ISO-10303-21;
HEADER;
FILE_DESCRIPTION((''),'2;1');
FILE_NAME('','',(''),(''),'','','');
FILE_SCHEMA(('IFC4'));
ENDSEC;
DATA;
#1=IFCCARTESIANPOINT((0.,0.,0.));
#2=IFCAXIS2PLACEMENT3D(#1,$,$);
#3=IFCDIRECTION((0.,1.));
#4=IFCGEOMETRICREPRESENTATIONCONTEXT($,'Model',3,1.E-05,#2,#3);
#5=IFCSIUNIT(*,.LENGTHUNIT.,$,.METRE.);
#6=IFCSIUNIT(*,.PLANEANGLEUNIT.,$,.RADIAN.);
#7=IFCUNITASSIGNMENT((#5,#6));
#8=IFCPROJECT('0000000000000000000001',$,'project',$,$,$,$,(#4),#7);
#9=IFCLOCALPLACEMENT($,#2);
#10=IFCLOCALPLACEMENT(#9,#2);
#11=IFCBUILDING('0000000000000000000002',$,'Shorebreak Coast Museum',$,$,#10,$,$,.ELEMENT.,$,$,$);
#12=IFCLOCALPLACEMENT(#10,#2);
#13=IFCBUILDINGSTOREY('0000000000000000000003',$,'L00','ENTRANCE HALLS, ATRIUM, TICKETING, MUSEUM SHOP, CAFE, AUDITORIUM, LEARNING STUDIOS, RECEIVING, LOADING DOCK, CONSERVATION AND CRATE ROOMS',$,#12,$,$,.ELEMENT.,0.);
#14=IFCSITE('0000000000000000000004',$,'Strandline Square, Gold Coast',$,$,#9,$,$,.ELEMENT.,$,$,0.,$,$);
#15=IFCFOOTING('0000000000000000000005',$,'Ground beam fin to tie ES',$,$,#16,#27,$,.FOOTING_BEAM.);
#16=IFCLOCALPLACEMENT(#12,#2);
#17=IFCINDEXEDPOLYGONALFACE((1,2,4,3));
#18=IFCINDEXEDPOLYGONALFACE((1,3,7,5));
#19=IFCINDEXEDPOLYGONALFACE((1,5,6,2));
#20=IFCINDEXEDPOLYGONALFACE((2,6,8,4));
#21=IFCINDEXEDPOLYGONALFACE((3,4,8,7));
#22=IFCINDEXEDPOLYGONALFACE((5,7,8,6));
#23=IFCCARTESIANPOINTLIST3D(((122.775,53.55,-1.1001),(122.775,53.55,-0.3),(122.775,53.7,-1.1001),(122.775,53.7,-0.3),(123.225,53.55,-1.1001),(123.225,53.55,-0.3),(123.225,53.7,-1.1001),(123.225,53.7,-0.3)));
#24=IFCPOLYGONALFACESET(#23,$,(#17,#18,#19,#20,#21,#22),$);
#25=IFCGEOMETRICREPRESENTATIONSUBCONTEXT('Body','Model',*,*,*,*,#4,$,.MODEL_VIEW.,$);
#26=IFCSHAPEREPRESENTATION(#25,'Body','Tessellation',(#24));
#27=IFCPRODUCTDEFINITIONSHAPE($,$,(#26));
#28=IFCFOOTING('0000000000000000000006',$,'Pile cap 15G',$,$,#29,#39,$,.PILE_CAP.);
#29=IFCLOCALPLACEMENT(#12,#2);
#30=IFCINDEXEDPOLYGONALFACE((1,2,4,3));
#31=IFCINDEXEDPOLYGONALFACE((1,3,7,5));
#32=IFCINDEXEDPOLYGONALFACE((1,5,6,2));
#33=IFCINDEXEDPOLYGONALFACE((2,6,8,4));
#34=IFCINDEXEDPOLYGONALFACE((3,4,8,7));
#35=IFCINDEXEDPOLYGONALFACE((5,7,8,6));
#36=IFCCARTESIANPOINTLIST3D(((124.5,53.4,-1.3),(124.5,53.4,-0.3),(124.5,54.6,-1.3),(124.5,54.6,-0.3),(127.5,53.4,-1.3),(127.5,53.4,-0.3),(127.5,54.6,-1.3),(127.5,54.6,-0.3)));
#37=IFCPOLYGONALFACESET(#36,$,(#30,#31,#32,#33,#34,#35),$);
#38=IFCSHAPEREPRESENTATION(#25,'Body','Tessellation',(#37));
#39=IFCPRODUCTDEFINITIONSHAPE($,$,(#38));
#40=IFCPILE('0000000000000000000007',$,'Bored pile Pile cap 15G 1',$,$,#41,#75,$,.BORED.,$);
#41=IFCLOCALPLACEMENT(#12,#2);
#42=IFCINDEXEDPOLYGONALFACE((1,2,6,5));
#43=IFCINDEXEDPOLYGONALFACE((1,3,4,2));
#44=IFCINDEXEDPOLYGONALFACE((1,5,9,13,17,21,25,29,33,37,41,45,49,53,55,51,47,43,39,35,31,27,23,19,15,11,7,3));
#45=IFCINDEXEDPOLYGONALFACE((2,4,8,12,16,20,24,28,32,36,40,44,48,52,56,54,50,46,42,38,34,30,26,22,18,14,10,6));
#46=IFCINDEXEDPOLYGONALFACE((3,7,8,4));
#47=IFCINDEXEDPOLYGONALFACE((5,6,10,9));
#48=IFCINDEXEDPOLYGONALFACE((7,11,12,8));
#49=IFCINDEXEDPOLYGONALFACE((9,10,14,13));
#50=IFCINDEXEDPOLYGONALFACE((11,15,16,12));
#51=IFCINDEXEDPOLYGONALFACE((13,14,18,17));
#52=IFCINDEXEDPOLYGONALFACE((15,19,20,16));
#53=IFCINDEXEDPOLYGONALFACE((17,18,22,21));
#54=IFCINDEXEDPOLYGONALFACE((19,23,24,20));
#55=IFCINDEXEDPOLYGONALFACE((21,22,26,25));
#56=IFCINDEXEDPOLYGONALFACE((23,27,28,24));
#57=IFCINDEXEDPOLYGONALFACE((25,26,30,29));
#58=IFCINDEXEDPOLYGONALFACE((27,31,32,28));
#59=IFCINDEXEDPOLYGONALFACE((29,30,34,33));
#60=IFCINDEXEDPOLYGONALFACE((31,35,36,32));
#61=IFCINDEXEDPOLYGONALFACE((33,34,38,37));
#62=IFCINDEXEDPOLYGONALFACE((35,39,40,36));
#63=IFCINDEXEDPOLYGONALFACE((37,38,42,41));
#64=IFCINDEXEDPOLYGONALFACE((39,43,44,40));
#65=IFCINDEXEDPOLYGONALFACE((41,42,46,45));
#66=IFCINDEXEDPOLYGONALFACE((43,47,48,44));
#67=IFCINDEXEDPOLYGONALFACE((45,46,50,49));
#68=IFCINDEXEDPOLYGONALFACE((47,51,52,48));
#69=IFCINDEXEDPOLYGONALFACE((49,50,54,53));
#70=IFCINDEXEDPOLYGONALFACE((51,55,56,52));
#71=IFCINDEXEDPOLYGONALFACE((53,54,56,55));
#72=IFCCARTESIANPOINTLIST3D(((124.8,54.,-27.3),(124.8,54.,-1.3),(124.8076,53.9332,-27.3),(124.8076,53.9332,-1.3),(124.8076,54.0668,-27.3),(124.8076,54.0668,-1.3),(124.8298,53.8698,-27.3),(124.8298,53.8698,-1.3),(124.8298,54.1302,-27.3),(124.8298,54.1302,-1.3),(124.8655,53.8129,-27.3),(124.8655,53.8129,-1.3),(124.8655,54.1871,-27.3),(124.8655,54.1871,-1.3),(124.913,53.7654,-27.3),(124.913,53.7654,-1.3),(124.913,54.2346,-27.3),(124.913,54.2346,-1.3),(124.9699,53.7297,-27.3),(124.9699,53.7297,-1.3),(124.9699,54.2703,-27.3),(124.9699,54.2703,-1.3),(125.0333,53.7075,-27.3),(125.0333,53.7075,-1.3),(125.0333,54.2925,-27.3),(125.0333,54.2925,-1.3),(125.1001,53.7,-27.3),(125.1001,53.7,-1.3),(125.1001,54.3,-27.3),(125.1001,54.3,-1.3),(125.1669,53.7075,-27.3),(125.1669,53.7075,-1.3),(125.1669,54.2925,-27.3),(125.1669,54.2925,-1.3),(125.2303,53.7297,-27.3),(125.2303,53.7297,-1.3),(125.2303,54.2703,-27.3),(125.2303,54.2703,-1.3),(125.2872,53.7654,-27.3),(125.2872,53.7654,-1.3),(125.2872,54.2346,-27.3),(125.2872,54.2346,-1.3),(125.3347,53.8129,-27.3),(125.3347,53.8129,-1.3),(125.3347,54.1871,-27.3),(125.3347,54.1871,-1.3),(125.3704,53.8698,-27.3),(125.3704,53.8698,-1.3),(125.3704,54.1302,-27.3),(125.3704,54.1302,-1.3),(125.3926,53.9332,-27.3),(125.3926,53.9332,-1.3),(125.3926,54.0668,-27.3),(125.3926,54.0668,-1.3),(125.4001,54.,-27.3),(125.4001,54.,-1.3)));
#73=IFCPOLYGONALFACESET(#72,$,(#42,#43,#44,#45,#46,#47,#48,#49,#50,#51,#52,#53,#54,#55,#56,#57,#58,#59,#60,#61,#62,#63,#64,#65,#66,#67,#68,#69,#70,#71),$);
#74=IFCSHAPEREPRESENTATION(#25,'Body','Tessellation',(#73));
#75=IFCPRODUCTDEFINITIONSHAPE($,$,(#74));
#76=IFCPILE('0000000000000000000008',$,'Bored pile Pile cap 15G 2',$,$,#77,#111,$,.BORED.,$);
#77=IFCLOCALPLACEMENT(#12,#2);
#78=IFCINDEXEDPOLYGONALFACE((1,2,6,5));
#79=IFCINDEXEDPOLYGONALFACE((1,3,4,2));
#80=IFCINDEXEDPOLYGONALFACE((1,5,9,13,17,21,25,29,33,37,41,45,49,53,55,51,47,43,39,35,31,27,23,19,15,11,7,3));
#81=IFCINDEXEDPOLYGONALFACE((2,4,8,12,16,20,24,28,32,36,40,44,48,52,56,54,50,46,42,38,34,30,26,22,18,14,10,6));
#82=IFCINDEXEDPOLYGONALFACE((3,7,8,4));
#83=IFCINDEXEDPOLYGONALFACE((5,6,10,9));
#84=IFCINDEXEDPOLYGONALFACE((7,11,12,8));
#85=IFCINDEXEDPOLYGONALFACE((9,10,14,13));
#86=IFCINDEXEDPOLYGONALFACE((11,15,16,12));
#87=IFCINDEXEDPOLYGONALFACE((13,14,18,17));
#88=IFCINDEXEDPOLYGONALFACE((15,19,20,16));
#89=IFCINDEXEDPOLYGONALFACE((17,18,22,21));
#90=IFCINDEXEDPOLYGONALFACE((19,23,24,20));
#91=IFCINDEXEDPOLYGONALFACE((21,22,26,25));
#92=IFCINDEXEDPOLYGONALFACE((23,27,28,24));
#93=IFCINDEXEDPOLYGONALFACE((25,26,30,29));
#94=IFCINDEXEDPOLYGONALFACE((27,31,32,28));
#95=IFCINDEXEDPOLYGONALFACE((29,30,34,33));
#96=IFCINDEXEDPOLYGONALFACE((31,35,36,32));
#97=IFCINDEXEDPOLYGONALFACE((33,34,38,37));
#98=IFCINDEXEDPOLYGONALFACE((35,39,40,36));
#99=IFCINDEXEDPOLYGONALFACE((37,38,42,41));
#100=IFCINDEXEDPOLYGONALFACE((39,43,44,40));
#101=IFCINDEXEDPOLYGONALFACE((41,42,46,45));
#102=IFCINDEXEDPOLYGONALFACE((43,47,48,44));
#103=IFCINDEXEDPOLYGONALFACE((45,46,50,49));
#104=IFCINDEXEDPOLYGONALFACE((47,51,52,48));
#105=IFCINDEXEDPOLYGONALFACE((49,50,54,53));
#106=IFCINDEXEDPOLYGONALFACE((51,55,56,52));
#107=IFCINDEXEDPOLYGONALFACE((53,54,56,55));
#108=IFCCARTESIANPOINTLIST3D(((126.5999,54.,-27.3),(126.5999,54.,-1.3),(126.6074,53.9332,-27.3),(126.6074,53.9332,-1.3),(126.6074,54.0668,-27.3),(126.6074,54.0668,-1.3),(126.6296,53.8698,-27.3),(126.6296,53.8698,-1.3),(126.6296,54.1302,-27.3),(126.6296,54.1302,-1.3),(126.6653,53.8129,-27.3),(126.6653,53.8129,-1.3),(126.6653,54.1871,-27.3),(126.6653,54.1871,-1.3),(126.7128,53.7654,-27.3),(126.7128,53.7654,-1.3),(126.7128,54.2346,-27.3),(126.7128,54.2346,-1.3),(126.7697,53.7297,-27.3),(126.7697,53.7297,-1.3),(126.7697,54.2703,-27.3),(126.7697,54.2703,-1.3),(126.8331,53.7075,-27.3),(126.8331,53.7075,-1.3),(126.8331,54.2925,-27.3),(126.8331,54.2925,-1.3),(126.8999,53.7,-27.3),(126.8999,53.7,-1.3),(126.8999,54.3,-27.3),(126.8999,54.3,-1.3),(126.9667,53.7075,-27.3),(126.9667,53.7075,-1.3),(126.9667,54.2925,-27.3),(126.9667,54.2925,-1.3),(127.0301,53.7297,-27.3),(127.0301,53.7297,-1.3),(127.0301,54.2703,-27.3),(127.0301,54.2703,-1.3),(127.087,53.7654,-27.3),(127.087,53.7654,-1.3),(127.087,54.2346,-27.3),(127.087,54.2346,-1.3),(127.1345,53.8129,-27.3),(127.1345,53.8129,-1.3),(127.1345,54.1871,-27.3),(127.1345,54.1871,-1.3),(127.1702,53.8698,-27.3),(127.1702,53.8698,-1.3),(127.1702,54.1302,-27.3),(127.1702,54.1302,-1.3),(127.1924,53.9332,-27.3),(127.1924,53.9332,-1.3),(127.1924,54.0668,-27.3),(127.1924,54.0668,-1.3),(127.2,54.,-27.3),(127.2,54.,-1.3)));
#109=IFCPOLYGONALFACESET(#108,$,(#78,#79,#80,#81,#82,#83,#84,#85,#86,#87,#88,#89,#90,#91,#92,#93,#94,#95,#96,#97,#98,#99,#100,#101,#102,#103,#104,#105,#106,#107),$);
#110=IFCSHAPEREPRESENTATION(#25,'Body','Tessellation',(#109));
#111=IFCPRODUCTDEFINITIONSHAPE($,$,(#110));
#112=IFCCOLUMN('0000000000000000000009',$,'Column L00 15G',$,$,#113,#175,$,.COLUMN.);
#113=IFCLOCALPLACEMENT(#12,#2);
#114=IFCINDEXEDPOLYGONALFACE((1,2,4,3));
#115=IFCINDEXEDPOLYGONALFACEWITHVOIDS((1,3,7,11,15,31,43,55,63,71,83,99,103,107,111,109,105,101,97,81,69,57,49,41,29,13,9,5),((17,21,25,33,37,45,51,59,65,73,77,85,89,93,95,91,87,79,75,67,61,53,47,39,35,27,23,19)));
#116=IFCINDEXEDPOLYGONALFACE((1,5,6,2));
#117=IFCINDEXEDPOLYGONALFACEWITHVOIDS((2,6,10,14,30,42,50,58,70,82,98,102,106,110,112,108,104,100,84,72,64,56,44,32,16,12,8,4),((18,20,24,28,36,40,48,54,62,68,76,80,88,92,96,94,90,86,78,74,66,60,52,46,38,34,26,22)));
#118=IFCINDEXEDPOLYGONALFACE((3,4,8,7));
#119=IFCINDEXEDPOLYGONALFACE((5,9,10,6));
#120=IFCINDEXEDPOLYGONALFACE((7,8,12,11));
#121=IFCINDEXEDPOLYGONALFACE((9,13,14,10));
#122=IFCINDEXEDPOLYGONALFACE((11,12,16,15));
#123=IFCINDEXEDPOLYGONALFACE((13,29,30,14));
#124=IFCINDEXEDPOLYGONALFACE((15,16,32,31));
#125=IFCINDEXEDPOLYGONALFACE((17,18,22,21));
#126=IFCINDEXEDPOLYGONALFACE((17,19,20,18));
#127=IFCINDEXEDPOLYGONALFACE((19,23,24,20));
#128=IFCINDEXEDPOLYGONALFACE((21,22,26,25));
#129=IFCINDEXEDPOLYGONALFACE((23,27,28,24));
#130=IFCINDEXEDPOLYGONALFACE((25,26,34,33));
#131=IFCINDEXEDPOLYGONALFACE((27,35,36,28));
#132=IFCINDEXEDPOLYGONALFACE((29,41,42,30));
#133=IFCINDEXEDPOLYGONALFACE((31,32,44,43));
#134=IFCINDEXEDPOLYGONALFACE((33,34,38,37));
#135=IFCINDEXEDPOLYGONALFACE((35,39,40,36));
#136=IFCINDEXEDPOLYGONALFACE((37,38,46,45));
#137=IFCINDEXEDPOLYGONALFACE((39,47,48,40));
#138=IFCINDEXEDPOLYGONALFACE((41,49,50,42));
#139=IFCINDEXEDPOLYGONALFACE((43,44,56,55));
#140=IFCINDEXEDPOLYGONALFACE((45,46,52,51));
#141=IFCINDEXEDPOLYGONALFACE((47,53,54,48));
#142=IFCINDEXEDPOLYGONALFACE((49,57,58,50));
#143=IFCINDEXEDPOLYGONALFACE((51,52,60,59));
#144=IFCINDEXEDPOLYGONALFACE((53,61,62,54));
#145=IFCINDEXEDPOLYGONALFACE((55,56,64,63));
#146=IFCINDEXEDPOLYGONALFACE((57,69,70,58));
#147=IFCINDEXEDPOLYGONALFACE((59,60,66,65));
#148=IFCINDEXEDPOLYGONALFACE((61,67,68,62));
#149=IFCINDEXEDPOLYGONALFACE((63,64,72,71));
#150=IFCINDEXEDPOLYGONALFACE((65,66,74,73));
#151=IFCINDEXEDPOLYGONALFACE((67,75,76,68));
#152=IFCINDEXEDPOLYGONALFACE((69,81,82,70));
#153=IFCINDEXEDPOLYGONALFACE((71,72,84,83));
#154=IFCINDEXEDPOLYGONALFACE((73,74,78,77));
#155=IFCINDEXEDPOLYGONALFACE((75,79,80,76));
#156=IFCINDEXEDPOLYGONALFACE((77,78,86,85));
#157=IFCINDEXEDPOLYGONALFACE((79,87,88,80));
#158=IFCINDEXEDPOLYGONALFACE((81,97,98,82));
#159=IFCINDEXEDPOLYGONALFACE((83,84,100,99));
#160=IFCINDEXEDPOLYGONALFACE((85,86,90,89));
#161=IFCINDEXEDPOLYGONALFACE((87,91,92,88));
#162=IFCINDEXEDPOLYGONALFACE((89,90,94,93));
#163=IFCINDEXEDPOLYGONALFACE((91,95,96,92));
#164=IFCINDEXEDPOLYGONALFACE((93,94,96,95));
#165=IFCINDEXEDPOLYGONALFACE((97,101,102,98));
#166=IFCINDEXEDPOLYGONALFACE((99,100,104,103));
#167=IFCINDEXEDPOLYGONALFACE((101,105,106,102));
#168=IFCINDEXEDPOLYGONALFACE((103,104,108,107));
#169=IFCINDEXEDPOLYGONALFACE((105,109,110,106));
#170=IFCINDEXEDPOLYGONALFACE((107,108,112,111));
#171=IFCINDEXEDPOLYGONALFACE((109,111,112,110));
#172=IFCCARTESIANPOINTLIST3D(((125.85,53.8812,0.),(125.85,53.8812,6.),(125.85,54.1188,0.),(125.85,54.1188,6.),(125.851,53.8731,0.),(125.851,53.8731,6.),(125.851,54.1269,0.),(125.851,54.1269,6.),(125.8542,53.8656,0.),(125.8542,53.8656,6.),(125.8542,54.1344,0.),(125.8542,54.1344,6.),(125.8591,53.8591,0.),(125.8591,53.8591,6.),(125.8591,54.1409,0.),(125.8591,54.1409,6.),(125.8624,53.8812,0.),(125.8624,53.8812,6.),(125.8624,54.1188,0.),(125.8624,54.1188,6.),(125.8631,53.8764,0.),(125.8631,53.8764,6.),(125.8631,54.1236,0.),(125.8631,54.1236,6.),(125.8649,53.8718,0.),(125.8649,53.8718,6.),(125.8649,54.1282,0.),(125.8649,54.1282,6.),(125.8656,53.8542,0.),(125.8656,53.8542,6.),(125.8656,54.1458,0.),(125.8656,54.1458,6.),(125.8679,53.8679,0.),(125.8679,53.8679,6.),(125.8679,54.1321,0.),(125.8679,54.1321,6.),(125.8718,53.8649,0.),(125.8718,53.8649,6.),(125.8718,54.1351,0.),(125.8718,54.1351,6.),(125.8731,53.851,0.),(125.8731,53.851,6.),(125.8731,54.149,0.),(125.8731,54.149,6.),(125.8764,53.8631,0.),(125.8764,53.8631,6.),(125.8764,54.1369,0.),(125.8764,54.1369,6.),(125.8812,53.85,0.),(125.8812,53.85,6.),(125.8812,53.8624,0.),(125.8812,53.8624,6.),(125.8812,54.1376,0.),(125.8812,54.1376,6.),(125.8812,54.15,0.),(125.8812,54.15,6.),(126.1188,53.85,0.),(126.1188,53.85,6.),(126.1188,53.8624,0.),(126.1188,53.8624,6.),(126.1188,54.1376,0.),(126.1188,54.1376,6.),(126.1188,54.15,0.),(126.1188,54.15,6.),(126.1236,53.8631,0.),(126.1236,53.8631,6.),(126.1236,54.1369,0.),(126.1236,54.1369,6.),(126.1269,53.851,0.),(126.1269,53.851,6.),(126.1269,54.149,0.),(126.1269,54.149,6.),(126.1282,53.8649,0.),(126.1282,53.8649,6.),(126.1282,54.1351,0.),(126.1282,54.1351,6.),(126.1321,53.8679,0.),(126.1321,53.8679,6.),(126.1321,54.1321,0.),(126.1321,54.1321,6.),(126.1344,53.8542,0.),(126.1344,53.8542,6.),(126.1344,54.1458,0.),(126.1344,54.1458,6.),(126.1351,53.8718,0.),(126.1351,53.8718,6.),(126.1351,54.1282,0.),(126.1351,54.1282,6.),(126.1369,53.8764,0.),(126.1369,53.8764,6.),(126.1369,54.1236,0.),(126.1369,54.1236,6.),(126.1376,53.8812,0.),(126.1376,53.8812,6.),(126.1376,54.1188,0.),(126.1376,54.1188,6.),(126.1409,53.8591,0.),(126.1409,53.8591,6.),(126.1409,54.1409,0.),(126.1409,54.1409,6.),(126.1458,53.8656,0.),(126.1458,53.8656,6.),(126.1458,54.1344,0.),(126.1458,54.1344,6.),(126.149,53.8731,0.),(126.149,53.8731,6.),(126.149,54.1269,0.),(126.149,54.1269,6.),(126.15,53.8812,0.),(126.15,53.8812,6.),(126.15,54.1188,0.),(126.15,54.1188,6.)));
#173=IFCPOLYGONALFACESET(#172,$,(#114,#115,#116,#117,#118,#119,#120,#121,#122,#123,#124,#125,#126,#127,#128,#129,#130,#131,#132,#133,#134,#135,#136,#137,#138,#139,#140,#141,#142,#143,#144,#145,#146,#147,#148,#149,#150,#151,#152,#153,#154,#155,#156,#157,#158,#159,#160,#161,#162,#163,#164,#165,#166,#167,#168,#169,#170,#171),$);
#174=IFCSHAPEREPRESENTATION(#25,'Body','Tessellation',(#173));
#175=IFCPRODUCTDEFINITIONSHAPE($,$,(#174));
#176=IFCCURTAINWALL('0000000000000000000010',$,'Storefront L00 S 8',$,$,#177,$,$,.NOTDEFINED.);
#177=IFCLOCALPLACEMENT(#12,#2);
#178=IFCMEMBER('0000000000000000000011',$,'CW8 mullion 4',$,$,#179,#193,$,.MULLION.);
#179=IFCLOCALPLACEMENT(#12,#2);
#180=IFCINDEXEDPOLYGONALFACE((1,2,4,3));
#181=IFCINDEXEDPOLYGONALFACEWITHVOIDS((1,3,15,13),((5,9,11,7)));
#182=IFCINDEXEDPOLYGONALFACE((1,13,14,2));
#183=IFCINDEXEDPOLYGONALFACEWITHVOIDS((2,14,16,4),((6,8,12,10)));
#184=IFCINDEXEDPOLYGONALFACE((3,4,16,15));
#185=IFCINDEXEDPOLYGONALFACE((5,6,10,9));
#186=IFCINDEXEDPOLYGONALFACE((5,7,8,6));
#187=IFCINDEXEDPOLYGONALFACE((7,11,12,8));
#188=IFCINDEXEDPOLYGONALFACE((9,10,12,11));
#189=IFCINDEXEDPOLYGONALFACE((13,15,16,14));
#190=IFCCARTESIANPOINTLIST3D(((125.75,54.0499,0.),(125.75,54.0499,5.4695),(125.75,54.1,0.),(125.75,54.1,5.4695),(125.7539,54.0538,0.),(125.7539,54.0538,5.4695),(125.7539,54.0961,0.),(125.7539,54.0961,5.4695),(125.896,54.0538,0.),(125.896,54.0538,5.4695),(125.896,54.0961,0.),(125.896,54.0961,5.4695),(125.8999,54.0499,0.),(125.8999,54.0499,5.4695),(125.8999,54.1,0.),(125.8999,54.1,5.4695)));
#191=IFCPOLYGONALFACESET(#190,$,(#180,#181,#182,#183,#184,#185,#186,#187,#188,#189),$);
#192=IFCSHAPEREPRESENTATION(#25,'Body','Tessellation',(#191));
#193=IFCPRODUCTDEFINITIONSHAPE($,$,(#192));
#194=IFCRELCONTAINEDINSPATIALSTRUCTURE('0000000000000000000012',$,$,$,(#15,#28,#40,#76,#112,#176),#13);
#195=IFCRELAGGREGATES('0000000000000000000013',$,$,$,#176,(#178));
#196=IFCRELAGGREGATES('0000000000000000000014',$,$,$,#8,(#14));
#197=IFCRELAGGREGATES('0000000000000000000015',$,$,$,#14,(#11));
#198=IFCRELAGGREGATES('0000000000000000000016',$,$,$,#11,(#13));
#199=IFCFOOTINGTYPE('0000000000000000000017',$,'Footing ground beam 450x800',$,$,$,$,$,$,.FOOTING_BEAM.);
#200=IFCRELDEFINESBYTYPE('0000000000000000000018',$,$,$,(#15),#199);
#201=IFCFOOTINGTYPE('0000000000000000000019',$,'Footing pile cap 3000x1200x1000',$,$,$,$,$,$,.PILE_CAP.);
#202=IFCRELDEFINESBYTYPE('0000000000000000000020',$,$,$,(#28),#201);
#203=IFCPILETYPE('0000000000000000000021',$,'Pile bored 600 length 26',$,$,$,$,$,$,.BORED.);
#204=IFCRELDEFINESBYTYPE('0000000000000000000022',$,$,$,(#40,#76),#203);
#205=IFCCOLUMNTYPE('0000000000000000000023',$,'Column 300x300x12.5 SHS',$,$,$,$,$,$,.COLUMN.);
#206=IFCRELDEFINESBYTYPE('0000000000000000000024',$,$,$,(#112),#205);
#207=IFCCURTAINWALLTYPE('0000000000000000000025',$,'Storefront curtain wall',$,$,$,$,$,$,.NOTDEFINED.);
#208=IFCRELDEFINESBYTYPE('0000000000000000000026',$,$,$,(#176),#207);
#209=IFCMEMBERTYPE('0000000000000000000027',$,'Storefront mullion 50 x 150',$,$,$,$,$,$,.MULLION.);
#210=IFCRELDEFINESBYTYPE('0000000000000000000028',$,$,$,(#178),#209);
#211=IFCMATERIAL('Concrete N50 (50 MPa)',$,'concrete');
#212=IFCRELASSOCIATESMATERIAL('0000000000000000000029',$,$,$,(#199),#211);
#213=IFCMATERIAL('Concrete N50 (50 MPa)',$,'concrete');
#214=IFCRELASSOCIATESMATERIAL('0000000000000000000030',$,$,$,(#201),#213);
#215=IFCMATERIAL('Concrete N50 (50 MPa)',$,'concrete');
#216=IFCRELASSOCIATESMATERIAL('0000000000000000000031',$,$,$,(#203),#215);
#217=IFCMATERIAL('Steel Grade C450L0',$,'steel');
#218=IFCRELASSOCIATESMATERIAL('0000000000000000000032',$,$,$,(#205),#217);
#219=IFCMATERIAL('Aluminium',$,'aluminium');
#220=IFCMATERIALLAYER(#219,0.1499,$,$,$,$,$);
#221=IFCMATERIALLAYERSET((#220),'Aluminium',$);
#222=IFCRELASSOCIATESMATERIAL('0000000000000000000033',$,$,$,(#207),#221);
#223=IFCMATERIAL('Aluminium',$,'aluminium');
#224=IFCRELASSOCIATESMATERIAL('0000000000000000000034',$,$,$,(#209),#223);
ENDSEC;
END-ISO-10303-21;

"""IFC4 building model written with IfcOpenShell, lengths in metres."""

from ifc_helpers import new_model, si_unit, direction, frame, origin, origin_2d, place, context, subcontext, project, spatial, rectangle, hollow_rectangle, circle, extrude, material, layer, layer_set, material_profile, profile_set, type_object, element, aggregate, save


model = new_model("IFC4")

# Units and contexts
model_context = context("Model", 3, precision=1e-05, world=origin(), true_north=direction((0.0, 1.0)))
body_context = subcontext(model_context, "Body", "Model", "MODEL_VIEW")
ifc_project = project(units=[si_unit("LENGTHUNIT", "METRE"), si_unit("PLANEANGLEUNIT", "RADIAN")], contexts=[model_context])

# Site, building, storey
site_placement = place(None, origin())
site = spatial("IfcSite", under=ifc_project, at=site_placement, Name="Strandline Square, Gold Coast", CompositionType="ELEMENT", RefElevation=0.0)
building_placement = place(site_placement, origin())
building = spatial("IfcBuilding", under=site, at=building_placement, Name="Shorebreak Coast Museum", CompositionType="ELEMENT")
storey_placement = place(building_placement, origin())
storey = spatial("IfcBuildingStorey", under=building, at=storey_placement, Name="L00", Description="ENTRANCE HALLS, ATRIUM, TICKETING, MUSEUM SHOP, CAFE, AUDITORIUM, LEARNING STUDIOS, RECEIVING, LOADING DOCK, CONSERVATION AND CRATE ROOMS", CompositionType="ELEMENT", Elevation=0.0)

# Footings
ifc_material_1 = material(Name="Concrete N50 (50 MPa)", Category="concrete")
footing_type_1 = type_object("IfcFootingType", Name="Footing ground beam 450x800", PredefinedType="FOOTING_BEAM", material=ifc_material_1)
footing_1_placement = place(storey_placement, frame((123.0, 53.625, -1.1001), z_axis=(0.0, 0.0, 1.0), x_axis=(1.0, 0.0, 0.0)))
element("IfcFooting", 1, at=footing_1_placement, inside=storey, type_object=footing_type_1, Name="Ground beam fin to tie ES", PredefinedType="FOOTING_BEAM", context=body_context, shape_type="SweptSolid", body=[
    extrude(rectangle(XDim=0.45, YDim=0.1499, at=origin_2d()), origin(), (0.0, 0.0, 1.0), 0.8),
])
ifc_material_2 = material(Name="Concrete N50 (50 MPa)", Category="concrete")
footing_type_2 = type_object("IfcFootingType", Name="Footing pile cap 3000x1200x1000", PredefinedType="PILE_CAP", material=ifc_material_2)
footing_2_placement = place(storey_placement, frame((126.0, 54.0, -1.3), z_axis=(0.0, 0.0, 1.0), x_axis=(1.0, 0.0, 0.0)))
element("IfcFooting", 2, at=footing_2_placement, inside=storey, type_object=footing_type_2, Name="Pile cap 15G", PredefinedType="PILE_CAP", context=body_context, shape_type="SweptSolid", body=[
    extrude(rectangle(XDim=3.0, YDim=1.2, at=origin_2d()), origin(), (0.0, 0.0, 1.0), 1.0),
])

# Piles
ifc_material_3 = material(Name="Concrete N50 (50 MPa)", Category="concrete")
ifc_material_profile_1 = material_profile(ifc_material_3, circle(Radius=0.3, at=origin_2d()), Name="Pile bored 600 length 26")
ifc_profile_set_1 = profile_set([ifc_material_profile_1], Name="Concrete N50 (50 MPa)")
pile_type = type_object("IfcPileType", Name="Pile bored 600 length 26", PredefinedType="BORED", material=ifc_profile_set_1)
for number, where, z_axis, x_axis, name in (
    (3, (125.1001, 54.0, -1.3), (0.0, 0.0, -1.0), (1.0, 0.0, 0.0), "Bored pile Pile cap 15G 1"),
    (4, (126.8999, 54.0, -1.3), (0.0, 0.0, -1.0), (1.0, 0.0, 0.0), "Bored pile Pile cap 15G 2"),
):
    element("IfcPile", number, at=place(storey_placement, frame(where, z_axis=z_axis, x_axis=x_axis)), inside=storey, type_object=pile_type, Name=name, PredefinedType="BORED", context=body_context, shape_type="SweptSolid", body=[
        extrude(circle(Radius=0.3, at=origin_2d()), origin(), (0.0, 0.0, 1.0), 26.0),
    ])

# Column
ifc_material_4 = material(Name="Steel Grade C450L0", Category="steel")
ifc_material_profile_2 = material_profile(ifc_material_4, hollow_rectangle(XDim=0.3, YDim=0.3, WallThickness=0.0125, InnerFilletRadius=0.0188, OuterFilletRadius=0.0312, at=origin_2d()), Name="300x300x12.5 SHS")
ifc_profile_set_2 = profile_set([ifc_material_profile_2], Name="Steel Grade C450L0")
column_type = type_object("IfcColumnType", Name="Column 300x300x12.5 SHS", PredefinedType="COLUMN", material=ifc_profile_set_2)
column_placement = place(storey_placement, frame((126.0, 54.0, 0.0), z_axis=(0.0, 0.0, 1.0), x_axis=(1.0, 0.0, 0.0)))
element("IfcColumn", 5, at=column_placement, inside=storey, type_object=column_type, Name="Column L00 15G", PredefinedType="COLUMN", context=body_context, shape_type="SweptSolid", body=[
    extrude(hollow_rectangle(XDim=0.3, YDim=0.3, WallThickness=0.0125, InnerFilletRadius=0.0188, OuterFilletRadius=0.0312, at=origin_2d()), origin(), (0.0, 0.0, 1.0), 6.0),
])

# Curtain wall, member
ifc_material_5 = material(Name="Aluminium", Category="aluminium")
ifc_layer_1 = layer(ifc_material_5, 0.1499)
ifc_layer_set_1 = layer_set([ifc_layer_1], Name="Aluminium")
curtain_wall_type = type_object("IfcCurtainWallType", Name="Storefront curtain wall", PredefinedType="NOTDEFINED", material=ifc_layer_set_1)
curtain_wall_1_placement = place(storey_placement, origin())
curtain_wall_1 = element("IfcCurtainWall", 6, at=curtain_wall_1_placement, inside=storey, type_object=curtain_wall_type, Name="Storefront L00 S 8", PredefinedType="NOTDEFINED")
ifc_material_6 = material(Name="Aluminium", Category="aluminium")
ifc_material_profile_3 = material_profile(ifc_material_6, hollow_rectangle(XDim=0.05, YDim=0.1499, WallThickness=0.0039, at=origin_2d()), Name="AL 150x50 RHS")
ifc_profile_set_3 = profile_set([ifc_material_profile_3], Name="Aluminium")
member_type_1 = type_object("IfcMemberType", Name="Storefront mullion 50 x 150", PredefinedType="MULLION", material=ifc_profile_set_3)
member_1_placement = place(storey_placement, frame((125.825, 54.075, 0.0), z_axis=(0.0, 0.0, 1.0), x_axis=(0.0, 1.0, 0.0)))
member_1 = element("IfcMember", 7, at=member_1_placement, type_object=member_type_1, Name="CW8 mullion 4", PredefinedType="MULLION", context=body_context, shape_type="SweptSolid", body=[
    extrude(hollow_rectangle(XDim=0.05, YDim=0.1499, WallThickness=0.0039, at=origin_2d()), origin(), (0.0, 0.0, 1.0), 5.4695),
])

aggregate(curtain_wall_1, [member_1])

save(model, "model.ifc")
